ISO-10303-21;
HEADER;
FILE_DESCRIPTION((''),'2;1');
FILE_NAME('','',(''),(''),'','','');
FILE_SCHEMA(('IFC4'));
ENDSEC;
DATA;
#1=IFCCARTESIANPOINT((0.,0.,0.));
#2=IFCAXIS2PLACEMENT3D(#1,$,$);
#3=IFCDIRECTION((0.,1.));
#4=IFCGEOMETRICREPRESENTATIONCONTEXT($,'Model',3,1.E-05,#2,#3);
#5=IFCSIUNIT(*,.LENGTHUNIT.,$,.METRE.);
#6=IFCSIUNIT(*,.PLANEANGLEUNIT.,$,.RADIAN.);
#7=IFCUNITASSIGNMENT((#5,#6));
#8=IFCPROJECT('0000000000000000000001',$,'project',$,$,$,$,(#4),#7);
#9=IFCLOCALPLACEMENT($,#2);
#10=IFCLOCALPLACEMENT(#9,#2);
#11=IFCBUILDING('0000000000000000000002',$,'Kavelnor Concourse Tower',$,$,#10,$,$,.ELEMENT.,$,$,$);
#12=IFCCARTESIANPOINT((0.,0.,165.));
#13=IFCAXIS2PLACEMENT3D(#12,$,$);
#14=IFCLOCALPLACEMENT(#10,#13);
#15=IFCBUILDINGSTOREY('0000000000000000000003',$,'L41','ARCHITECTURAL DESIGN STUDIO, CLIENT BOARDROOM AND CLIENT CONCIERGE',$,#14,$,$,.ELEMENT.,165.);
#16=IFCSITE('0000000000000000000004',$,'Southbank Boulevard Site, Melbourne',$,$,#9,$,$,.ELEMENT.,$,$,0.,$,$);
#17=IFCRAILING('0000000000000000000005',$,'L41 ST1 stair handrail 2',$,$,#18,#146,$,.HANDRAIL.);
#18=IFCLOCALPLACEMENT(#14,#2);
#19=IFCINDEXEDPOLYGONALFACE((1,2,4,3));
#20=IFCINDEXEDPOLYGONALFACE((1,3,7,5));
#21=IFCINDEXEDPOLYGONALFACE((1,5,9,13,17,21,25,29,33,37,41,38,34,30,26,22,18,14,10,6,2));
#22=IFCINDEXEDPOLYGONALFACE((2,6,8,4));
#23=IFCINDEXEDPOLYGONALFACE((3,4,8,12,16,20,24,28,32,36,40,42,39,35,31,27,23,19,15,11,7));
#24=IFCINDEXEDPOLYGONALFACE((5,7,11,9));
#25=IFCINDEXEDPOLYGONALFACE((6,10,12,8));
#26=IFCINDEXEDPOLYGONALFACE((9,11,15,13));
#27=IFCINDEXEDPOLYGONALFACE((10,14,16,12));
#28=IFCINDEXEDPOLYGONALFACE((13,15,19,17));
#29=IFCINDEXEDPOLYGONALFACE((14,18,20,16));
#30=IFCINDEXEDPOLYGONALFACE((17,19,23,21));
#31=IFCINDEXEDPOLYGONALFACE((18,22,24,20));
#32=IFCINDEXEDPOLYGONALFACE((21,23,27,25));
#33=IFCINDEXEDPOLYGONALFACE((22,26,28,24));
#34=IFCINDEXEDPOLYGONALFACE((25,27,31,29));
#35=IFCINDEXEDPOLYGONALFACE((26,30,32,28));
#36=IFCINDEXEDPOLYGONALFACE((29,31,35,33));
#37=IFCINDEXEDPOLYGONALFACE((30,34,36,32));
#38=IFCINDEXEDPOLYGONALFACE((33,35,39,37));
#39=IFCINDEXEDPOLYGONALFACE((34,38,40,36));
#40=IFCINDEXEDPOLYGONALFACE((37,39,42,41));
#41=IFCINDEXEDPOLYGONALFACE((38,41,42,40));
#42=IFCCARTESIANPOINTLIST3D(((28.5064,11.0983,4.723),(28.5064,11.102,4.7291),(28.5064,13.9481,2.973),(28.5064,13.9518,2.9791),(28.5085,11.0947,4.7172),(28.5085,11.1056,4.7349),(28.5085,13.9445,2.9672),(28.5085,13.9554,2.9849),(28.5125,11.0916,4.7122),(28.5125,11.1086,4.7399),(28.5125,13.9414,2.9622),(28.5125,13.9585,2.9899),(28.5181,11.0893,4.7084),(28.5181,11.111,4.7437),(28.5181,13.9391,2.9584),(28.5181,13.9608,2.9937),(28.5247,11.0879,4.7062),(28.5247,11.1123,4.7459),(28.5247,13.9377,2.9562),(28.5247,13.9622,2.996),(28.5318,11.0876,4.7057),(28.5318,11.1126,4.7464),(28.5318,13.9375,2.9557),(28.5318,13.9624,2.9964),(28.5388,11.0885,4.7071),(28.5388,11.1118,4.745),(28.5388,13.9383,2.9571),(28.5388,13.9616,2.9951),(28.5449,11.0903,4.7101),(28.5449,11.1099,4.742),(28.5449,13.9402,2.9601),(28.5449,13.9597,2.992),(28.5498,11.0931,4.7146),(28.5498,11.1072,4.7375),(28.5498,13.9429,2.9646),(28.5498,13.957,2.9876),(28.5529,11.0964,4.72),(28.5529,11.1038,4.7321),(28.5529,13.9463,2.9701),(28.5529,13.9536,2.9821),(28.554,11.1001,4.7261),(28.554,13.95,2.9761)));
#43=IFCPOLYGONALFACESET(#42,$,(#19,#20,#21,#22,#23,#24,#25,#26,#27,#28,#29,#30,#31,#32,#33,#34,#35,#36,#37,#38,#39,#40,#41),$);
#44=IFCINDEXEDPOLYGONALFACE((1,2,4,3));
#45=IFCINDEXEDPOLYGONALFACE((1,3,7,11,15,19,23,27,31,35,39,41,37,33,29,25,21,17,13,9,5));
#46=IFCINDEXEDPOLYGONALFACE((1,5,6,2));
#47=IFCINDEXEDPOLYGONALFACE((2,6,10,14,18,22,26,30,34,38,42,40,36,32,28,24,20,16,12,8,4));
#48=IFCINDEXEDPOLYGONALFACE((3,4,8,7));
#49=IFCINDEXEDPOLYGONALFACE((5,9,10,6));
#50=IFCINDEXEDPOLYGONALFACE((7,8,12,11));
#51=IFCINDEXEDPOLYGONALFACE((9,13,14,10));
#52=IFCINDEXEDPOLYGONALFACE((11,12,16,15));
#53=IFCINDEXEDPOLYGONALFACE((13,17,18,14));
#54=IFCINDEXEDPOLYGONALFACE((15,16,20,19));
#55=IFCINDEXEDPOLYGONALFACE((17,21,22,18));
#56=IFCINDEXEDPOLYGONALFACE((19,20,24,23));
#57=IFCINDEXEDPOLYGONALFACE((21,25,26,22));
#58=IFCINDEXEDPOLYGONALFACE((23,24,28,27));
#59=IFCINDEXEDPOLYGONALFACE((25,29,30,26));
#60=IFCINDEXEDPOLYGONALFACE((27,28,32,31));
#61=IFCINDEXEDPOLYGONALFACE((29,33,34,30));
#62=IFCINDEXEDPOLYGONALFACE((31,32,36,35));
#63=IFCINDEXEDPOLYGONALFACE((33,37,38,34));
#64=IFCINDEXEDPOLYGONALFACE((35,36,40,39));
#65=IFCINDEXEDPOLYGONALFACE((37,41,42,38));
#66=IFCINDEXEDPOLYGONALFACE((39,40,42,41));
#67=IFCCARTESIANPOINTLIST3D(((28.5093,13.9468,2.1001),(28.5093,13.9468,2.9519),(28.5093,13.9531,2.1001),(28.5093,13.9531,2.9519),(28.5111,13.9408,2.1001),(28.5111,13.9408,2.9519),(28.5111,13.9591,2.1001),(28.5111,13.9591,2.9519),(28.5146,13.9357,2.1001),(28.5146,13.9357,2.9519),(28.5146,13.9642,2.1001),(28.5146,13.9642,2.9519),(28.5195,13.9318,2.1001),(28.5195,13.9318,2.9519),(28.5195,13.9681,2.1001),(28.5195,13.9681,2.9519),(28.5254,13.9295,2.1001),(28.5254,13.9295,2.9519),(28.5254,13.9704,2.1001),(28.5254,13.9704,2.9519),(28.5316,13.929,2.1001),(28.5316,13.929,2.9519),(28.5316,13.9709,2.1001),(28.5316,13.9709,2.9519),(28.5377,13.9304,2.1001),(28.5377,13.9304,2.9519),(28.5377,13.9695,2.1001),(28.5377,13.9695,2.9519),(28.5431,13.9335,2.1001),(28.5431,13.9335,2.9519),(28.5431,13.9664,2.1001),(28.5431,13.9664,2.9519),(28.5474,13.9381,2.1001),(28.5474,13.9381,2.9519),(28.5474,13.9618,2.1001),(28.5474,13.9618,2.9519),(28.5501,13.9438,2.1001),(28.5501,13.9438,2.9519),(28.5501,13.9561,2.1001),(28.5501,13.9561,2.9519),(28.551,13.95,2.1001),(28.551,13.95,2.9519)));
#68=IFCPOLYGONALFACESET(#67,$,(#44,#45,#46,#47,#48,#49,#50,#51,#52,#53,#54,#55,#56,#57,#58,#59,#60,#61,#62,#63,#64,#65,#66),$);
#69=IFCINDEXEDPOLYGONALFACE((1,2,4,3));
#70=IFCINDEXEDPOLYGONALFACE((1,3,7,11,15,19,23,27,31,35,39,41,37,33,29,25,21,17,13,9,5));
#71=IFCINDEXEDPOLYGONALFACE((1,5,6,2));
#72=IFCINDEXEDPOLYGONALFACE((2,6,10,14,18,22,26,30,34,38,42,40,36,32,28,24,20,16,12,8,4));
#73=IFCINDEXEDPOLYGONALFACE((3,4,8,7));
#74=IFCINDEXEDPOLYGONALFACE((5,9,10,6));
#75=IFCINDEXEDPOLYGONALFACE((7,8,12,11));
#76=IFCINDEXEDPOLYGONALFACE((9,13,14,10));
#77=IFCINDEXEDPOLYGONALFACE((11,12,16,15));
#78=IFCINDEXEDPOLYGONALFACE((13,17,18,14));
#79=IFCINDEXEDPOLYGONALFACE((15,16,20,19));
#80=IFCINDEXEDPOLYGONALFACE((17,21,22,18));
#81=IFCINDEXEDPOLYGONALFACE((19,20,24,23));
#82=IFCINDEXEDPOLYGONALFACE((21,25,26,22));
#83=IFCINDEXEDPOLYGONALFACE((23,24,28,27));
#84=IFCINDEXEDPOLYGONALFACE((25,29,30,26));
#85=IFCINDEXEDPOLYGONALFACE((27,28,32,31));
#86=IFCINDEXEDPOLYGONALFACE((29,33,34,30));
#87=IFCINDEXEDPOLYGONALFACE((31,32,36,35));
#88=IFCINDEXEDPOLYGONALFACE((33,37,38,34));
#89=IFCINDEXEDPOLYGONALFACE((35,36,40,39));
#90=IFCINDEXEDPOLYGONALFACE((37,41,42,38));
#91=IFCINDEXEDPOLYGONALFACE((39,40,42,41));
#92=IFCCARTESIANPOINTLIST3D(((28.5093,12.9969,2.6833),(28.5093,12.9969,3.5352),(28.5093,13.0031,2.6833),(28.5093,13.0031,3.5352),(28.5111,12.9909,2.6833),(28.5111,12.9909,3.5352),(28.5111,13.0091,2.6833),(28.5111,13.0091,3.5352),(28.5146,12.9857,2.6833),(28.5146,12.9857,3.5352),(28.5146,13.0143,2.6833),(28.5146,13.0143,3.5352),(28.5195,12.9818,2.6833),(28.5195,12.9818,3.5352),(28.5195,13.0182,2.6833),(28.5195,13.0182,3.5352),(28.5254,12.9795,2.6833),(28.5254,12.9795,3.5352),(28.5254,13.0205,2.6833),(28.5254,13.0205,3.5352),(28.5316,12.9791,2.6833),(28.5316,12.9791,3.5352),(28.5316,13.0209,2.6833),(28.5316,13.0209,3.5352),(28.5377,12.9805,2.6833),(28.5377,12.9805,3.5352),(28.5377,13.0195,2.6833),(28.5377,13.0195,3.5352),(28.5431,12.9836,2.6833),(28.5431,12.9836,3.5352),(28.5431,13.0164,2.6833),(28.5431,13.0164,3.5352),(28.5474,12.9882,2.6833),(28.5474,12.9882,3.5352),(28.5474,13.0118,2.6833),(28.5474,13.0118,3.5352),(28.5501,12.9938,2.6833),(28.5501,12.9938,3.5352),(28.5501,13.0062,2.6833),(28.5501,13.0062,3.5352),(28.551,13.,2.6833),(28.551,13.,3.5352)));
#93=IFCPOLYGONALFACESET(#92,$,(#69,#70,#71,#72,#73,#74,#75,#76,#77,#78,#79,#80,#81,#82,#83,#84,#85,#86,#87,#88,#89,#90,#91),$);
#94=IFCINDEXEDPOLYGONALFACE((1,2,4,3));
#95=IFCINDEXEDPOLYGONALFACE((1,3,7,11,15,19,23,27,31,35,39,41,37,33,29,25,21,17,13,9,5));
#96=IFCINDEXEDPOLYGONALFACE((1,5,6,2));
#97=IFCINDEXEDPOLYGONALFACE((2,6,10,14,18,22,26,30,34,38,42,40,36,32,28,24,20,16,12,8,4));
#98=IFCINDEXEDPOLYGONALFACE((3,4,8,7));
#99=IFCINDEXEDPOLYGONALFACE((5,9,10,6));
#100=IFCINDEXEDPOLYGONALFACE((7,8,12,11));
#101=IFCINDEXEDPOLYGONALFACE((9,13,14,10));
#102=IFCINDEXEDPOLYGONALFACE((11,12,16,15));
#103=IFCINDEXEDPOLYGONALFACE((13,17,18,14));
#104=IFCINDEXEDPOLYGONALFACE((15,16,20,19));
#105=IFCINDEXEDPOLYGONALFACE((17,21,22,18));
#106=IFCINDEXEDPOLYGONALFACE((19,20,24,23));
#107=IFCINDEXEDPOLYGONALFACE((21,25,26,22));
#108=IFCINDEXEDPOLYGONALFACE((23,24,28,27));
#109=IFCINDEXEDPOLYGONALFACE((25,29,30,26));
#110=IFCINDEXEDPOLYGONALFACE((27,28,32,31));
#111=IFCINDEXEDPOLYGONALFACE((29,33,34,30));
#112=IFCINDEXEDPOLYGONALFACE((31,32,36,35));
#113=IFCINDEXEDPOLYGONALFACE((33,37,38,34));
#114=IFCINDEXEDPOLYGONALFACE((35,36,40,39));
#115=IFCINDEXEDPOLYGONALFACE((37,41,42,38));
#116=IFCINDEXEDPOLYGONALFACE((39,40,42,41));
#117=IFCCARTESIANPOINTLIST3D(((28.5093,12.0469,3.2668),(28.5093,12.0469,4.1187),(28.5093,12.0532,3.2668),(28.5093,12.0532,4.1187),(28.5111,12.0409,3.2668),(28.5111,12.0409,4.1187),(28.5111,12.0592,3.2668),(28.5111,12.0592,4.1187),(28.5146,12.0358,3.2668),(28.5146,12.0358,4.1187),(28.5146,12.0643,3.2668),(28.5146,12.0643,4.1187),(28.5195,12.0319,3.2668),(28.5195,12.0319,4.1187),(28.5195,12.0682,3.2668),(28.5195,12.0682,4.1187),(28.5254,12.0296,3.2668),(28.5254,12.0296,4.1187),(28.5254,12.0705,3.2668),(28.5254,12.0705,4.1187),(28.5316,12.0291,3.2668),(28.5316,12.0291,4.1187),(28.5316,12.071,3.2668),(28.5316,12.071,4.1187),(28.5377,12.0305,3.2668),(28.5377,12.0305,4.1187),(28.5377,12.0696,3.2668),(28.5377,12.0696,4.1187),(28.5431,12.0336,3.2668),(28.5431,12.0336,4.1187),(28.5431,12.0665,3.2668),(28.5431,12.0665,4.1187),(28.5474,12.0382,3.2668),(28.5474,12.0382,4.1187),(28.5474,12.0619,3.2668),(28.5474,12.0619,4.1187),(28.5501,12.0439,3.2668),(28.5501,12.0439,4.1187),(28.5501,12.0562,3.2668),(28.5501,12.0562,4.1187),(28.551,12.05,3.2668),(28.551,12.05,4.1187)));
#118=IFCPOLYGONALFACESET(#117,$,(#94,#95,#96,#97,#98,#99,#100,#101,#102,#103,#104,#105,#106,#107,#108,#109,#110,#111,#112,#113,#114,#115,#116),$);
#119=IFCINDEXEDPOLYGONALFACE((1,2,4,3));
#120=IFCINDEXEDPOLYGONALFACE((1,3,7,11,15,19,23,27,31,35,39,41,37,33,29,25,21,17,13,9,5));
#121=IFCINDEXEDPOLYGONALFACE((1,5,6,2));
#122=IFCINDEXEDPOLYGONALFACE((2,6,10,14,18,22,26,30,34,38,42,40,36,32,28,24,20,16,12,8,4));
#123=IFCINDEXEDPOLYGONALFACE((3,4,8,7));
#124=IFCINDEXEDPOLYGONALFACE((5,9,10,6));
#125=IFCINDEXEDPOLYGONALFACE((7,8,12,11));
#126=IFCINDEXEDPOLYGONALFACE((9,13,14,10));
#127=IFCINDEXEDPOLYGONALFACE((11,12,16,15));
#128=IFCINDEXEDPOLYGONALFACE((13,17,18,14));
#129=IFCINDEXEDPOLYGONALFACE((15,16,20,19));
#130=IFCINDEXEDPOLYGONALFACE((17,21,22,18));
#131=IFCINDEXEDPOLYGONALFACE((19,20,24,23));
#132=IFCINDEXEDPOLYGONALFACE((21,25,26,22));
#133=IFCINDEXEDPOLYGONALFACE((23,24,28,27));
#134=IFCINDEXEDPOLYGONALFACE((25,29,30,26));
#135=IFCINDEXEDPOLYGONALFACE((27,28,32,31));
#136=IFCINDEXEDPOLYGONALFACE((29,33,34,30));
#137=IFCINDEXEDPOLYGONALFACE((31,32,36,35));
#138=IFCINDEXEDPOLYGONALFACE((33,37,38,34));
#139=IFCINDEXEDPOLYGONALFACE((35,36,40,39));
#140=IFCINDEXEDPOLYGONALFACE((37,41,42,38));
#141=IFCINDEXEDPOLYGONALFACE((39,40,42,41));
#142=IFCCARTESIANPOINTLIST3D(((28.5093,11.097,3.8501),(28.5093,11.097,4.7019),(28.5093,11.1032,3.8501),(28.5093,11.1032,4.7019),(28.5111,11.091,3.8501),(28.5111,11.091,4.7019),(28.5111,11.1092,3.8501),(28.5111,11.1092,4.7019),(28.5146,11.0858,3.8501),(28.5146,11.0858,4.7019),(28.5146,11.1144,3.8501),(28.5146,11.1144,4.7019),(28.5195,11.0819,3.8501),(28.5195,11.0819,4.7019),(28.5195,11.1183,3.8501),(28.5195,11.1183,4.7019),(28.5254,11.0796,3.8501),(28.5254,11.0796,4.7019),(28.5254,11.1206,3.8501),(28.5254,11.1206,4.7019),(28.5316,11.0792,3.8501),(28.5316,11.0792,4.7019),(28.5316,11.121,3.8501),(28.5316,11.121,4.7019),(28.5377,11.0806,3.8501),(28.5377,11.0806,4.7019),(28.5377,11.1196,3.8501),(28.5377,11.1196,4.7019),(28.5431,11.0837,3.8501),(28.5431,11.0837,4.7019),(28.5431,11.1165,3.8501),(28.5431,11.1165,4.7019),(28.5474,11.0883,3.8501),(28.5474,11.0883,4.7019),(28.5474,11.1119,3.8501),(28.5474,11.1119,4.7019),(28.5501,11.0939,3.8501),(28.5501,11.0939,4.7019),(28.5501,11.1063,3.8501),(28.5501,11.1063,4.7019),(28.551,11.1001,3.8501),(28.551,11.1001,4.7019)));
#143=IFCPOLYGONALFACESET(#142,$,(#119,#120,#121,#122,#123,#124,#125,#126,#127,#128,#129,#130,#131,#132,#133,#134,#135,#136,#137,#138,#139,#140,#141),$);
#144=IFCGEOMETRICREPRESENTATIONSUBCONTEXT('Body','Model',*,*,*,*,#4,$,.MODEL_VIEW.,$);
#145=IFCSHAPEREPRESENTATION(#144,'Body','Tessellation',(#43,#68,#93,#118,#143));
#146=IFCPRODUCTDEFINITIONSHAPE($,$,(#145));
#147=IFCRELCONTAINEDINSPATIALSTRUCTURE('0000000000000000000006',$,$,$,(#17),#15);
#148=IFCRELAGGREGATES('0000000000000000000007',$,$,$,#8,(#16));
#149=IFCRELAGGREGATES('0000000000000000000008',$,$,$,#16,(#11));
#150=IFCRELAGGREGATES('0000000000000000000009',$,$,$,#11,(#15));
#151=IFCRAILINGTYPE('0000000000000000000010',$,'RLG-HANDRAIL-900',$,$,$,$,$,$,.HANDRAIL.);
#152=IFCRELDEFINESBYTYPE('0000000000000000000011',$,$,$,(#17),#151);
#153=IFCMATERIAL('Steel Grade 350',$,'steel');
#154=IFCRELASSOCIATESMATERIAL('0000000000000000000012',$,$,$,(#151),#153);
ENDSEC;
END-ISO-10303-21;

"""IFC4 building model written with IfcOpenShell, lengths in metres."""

from ifc_helpers import new_model, si_unit, direction, frame, origin, origin_2d, place, context, subcontext, project, spatial, circle, extrude, material, type_object, element, save


model = new_model("IFC4")

# Units and contexts
model_context = context("Model", 3, precision=1e-05, world=origin(), true_north=direction((0.0, 1.0)))
body_context = subcontext(model_context, "Body", "Model", "MODEL_VIEW")
ifc_project = project(units=[si_unit("LENGTHUNIT", "METRE"), si_unit("PLANEANGLEUNIT", "RADIAN")], contexts=[model_context])

# Site, building, storey
site_placement = place(None, origin())
site = spatial("IfcSite", under=ifc_project, at=site_placement, Name="Southbank Boulevard Site, Melbourne", CompositionType="ELEMENT", RefElevation=0.0)
building_placement = place(site_placement, origin())
building = spatial("IfcBuilding", under=site, at=building_placement, Name="Kavelnor Concourse Tower", CompositionType="ELEMENT")
storey_placement = place(building_placement, frame((0.0, 0.0, 165.0)))
storey = spatial("IfcBuildingStorey", under=building, at=storey_placement, Name="L41", Description="ARCHITECTURAL DESIGN STUDIO, CLIENT BOARDROOM AND CLIENT CONCIERGE", CompositionType="ELEMENT", Elevation=165.0)

# Shared definitions
ifc_material_1 = material(Name="Steel Grade 350", Category="steel")

# Railing
railing_type_1 = type_object("IfcRailingType", Name="RLG-HANDRAIL-900", PredefinedType="HANDRAIL", material=ifc_material_1)
railing_1_placement = place(storey_placement, frame((28.53, 13.95, 2.1001)))
element("IfcRailing", 1, at=railing_1_placement, inside=storey, type_object=railing_type_1, Name="L41 ST1 stair handrail 2", PredefinedType="HANDRAIL", context=body_context, shape_type="SweptSolid", body=[
    extrude(circle(Radius=0.0239, at=origin_2d()), frame((0.0, 0.0, 0.876), z_axis=(0.0, -0.852159, 0.523283), x_axis=(1.0, 0.0, 0.0)), (0.0, 0.0, 1.0), 3.3442),
    extrude(circle(Radius=0.021, at=origin_2d()), origin(), (0.0, 0.0, 1.0), 0.8518),
    extrude(circle(Radius=0.021, at=origin_2d()), frame((0.0, -0.95, 0.5833)), (0.0, 0.0, 1.0), 0.8518),
    extrude(circle(Radius=0.021, at=origin_2d()), frame((0.0, -1.8999, 1.1667)), (0.0, 0.0, 1.0), 0.8518),
    extrude(circle(Radius=0.021, at=origin_2d()), frame((0.0, -2.8499, 1.75)), (0.0, 0.0, 1.0), 0.8518),
])

save(model, "model.ifc")
